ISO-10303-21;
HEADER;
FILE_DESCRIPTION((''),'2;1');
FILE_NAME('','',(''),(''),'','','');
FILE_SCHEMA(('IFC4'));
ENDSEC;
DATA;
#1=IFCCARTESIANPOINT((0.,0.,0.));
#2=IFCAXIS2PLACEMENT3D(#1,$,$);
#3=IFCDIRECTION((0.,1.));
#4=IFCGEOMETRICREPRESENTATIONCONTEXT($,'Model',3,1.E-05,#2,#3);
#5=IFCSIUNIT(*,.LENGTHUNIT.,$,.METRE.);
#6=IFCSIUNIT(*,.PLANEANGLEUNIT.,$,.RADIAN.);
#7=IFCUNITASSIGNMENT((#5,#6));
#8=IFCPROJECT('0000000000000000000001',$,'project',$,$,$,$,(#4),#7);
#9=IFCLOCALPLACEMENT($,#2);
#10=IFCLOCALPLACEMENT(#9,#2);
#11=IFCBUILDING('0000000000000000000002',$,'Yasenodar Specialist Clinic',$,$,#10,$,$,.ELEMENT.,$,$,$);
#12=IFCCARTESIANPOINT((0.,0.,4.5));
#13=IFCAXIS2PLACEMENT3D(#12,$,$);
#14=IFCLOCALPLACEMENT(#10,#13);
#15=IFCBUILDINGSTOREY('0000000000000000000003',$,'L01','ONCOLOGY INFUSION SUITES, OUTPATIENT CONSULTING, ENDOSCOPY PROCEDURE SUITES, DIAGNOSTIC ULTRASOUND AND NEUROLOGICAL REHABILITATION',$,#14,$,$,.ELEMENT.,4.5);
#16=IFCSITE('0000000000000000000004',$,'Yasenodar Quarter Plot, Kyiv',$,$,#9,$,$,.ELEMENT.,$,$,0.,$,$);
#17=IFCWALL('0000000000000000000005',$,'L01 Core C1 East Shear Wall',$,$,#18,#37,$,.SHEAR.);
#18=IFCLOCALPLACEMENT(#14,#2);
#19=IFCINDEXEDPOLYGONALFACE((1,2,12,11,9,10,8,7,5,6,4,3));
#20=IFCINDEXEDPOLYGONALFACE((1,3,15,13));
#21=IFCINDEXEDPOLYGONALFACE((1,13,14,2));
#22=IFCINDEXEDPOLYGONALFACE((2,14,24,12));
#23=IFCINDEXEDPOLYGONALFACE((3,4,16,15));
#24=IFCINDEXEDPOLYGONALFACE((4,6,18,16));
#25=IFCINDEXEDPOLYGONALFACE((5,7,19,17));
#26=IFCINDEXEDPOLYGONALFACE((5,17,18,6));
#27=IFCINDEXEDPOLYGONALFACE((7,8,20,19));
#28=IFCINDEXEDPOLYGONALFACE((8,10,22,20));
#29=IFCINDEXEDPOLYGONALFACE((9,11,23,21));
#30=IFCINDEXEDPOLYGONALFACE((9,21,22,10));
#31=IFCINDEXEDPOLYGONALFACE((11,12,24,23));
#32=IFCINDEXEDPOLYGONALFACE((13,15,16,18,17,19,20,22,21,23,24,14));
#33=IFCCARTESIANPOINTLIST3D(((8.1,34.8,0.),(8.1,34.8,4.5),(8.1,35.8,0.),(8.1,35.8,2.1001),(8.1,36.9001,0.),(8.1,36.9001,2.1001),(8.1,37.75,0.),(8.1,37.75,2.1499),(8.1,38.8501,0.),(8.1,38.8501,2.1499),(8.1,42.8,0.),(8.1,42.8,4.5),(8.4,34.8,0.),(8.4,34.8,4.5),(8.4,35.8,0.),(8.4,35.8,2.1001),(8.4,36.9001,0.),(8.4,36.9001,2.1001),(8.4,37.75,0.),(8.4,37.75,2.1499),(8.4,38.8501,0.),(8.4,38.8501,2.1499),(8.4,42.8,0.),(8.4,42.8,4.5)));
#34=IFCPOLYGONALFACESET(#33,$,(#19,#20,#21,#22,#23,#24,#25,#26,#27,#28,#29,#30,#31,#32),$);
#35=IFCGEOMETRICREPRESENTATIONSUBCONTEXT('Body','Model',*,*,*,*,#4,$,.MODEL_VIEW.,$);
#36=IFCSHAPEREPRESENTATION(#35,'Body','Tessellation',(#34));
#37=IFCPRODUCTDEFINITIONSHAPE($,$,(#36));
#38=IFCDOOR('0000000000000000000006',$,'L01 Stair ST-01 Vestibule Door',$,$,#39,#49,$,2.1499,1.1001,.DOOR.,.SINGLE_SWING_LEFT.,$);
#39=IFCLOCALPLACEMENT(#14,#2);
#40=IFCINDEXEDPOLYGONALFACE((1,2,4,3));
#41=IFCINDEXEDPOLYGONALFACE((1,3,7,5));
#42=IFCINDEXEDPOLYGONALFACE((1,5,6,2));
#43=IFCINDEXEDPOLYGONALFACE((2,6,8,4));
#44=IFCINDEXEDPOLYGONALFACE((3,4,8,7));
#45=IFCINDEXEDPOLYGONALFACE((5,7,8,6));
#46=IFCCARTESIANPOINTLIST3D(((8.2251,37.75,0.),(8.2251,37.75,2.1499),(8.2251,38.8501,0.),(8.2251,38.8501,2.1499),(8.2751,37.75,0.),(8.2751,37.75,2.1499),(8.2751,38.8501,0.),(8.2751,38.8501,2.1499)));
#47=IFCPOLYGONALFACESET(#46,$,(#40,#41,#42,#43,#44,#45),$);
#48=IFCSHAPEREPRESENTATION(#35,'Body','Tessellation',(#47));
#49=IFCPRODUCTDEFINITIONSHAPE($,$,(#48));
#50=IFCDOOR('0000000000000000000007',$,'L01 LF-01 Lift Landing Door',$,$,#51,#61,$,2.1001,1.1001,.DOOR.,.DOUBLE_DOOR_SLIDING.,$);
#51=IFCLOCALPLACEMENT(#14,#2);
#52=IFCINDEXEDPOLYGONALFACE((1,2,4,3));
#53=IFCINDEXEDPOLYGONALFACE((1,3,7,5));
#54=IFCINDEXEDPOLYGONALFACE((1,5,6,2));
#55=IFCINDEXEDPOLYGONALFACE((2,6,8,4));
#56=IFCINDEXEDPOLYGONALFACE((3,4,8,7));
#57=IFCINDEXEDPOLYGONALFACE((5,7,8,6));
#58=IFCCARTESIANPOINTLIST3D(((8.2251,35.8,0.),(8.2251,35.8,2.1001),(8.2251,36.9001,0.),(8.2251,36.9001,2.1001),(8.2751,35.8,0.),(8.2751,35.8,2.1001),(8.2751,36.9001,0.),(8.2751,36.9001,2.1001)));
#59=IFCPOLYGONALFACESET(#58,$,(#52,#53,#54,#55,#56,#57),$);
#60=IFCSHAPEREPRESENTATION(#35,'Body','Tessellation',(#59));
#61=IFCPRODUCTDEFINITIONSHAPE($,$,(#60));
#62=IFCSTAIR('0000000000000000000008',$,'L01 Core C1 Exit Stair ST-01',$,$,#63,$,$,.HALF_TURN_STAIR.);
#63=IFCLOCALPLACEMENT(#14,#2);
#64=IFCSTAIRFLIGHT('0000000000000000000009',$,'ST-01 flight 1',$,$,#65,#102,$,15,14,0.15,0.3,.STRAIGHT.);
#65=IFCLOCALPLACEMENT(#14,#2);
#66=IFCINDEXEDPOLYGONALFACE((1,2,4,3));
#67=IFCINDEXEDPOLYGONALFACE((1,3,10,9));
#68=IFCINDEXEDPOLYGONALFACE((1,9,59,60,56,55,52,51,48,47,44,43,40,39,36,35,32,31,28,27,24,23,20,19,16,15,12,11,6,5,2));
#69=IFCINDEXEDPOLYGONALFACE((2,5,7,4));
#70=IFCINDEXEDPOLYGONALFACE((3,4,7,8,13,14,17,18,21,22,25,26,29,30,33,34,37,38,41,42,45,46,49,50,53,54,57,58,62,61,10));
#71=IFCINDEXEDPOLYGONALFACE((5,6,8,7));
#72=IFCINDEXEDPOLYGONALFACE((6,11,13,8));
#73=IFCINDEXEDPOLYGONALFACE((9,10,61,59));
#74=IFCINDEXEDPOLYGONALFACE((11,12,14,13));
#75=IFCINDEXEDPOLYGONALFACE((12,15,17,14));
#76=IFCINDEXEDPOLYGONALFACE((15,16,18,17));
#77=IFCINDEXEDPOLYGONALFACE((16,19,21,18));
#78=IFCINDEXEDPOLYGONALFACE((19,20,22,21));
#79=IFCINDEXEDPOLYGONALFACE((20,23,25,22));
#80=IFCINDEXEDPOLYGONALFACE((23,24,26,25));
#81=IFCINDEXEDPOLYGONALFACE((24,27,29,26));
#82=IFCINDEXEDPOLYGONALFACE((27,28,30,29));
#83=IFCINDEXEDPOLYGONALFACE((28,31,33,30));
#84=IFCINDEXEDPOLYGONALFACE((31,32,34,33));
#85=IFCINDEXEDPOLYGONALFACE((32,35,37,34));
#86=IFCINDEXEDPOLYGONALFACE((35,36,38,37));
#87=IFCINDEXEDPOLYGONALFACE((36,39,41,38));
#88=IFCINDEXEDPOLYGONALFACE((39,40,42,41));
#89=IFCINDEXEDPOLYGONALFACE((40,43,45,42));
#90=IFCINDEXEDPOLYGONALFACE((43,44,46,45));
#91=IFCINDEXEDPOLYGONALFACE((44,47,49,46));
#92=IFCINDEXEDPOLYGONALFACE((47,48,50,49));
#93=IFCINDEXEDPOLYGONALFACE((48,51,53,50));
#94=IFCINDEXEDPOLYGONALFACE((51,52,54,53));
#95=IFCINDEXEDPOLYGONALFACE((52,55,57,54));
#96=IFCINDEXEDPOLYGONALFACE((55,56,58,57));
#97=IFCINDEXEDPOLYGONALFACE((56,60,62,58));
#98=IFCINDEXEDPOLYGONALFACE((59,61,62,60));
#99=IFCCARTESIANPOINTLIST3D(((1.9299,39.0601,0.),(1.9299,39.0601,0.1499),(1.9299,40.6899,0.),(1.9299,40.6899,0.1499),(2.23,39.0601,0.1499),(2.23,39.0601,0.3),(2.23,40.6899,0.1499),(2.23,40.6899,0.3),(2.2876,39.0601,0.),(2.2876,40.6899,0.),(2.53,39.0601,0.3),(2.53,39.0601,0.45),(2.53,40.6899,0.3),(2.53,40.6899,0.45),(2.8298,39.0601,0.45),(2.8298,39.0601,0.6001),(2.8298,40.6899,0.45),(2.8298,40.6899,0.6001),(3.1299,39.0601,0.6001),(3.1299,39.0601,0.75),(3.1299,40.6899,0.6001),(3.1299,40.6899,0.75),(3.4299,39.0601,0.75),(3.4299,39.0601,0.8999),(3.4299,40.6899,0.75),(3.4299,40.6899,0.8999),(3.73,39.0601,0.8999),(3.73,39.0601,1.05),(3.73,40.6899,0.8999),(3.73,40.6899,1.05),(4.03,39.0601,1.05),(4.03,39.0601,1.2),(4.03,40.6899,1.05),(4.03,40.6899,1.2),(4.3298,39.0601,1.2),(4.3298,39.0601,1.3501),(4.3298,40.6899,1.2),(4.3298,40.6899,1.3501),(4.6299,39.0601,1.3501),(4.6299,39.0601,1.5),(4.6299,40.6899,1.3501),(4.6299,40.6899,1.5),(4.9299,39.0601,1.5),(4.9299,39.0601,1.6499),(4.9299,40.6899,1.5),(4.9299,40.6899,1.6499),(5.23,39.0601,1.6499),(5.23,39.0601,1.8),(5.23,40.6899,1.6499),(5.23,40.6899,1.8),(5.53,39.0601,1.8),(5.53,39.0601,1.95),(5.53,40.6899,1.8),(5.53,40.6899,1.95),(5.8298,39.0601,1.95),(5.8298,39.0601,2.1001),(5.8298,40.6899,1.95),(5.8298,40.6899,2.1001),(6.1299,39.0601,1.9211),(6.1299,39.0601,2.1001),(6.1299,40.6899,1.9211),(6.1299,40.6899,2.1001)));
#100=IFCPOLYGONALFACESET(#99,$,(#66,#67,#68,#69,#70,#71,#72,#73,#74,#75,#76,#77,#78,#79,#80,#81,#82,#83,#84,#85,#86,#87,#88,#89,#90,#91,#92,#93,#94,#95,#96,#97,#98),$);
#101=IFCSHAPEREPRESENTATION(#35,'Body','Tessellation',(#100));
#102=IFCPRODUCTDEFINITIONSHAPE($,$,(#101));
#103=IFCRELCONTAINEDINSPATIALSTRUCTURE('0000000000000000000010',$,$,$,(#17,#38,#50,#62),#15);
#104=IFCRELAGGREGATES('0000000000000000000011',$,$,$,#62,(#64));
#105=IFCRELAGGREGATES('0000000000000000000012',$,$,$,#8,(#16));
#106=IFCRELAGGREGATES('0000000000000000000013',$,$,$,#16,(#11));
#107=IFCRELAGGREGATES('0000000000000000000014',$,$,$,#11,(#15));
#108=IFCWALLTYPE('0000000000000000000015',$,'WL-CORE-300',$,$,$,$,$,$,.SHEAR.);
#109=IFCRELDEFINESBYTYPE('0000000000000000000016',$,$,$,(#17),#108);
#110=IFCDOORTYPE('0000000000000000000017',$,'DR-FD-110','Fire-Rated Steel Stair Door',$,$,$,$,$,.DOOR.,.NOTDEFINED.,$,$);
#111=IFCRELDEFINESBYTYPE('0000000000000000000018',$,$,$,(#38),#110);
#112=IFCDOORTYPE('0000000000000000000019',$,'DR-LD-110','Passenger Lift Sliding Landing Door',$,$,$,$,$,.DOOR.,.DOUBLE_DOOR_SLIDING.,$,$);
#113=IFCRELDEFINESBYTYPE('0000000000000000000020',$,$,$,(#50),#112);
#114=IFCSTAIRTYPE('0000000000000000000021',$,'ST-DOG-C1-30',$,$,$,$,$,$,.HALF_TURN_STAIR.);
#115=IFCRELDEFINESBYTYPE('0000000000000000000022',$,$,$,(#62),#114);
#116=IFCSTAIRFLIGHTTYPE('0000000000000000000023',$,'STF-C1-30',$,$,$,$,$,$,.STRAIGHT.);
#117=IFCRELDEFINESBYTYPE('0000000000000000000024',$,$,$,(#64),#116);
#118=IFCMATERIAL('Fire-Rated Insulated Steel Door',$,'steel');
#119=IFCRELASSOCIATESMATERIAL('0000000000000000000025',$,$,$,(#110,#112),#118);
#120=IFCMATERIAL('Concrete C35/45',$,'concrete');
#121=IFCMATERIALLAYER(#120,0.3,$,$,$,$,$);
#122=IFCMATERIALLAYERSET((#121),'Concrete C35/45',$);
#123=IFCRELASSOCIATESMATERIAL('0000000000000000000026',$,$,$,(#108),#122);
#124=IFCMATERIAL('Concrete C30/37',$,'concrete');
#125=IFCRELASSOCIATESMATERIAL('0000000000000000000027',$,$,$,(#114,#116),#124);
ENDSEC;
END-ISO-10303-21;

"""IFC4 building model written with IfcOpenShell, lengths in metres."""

from ifc_helpers import new_model, si_unit, direction, frame, frame_2d, origin, place, context, subcontext, project, spatial, polyline, rectangle, outline, extrude, material, layer, layer_set, type_object, element, fill, aggregate, save


model = new_model("IFC4")

# Units and contexts
model_context = context("Model", 3, precision=1e-05, world=origin(), true_north=direction((0.0, 1.0)))
body_context = subcontext(model_context, "Body", "Model", "MODEL_VIEW")
ifc_project = project(units=[si_unit("LENGTHUNIT", "METRE"), si_unit("PLANEANGLEUNIT", "RADIAN")], contexts=[model_context])

# Site, building, storey
site_placement = place(None, origin())
site = spatial("IfcSite", under=ifc_project, at=site_placement, Name="Yasenodar Quarter Plot, Kyiv", CompositionType="ELEMENT", RefElevation=0.0)
building_placement = place(site_placement, origin())
building = spatial("IfcBuilding", under=site, at=building_placement, Name="Yasenodar Specialist Clinic", CompositionType="ELEMENT")
storey_placement = place(building_placement, frame((0.0, 0.0, 4.5)))
storey = spatial("IfcBuildingStorey", under=building, at=storey_placement, Name="L01", Description="ONCOLOGY INFUSION SUITES, OUTPATIENT CONSULTING, ENDOSCOPY PROCEDURE SUITES, DIAGNOSTIC ULTRASOUND AND NEUROLOGICAL REHABILITATION", CompositionType="ELEMENT", Elevation=4.5)

# Shared definitions
ifc_material_1 = material(Name="Fire-Rated Insulated Steel Door", Category="steel")
door_type_1 = type_object("IfcDoorType", Name="DR-FD-110", Description="Fire-Rated Steel Stair Door", OperationType="NOTDEFINED", PredefinedType="DOOR", material=ifc_material_1)

# Shared definitions
ifc_material_2 = material(Name="Concrete C35/45", Category="concrete")
ifc_layer_1 = layer(ifc_material_2, 0.3)
ifc_layer_set_1 = layer_set([ifc_layer_1], Name="Concrete C35/45")
wall_type_1 = type_object("IfcWallType", Name="WL-CORE-300", PredefinedType="SHEAR", material=ifc_layer_set_1)
door_type_2 = type_object("IfcDoorType", Name="DR-LD-110", Description="Passenger Lift Sliding Landing Door", OperationType="DOUBLE_DOOR_SLIDING", PredefinedType="DOOR", material=ifc_material_1)

# Wall, openings, doors
wall_1_placement = place(storey_placement, frame((8.25, 34.8, 0.0), z_axis=(0.0, 0.0, 1.0), x_axis=(0.0, 1.0, 0.0)))
wall_1 = element("IfcWall", 1, at=wall_1_placement, inside=storey, type_object=wall_type_1, Name="L01 Core C1 East Shear Wall", PredefinedType="SHEAR", context=body_context, shape_type="SweptSolid", body=[
    extrude(rectangle(XDim=8.0, YDim=0.3, at=frame_2d((4.0, 0.0))), origin(), (0.0, 0.0, 1.0), 4.5),
])
opening_1_placement = place(wall_1_placement, frame((2.95, 0.0, 0.0)))
opening_1 = element("IfcOpeningElement", 2, at=opening_1_placement, cuts=wall_1, PredefinedType="OPENING", context=body_context, shape_type="SweptSolid", body=[
    extrude(rectangle(XDim=1.1001, YDim=2.1499, at=frame_2d((0.55, 1.075))), frame((0.0, 0.1602, 0.0), z_axis=(0.0, -1.0, 0.0), x_axis=(1.0, 0.0, 0.0)), (0.0, 0.0, 1.0), 0.3201),
])
opening_2_placement = place(wall_1_placement, frame((1.0, 0.0, 0.0)))
opening_2 = element("IfcOpeningElement", 3, at=opening_2_placement, cuts=wall_1, PredefinedType="OPENING", context=body_context, shape_type="SweptSolid", body=[
    extrude(rectangle(XDim=1.1001, YDim=2.1001, at=frame_2d((0.55, 1.05))), frame((0.0, 0.1602, 0.0), z_axis=(0.0, -1.0, 0.0), x_axis=(1.0, 0.0, 0.0)), (0.0, 0.0, 1.0), 0.3201),
])
door_1_placement = place(opening_1_placement, origin())
door_1 = element("IfcDoor", 4, at=door_1_placement, inside=storey, type_object=door_type_1, Name="L01 Stair ST-01 Vestibule Door", OperationType="SINGLE_SWING_LEFT", OverallHeight=2.1499, OverallWidth=1.1001, PredefinedType="DOOR", context=body_context, shape_type="SweptSolid", body=[
    extrude(rectangle(XDim=1.1001, YDim=2.1499, at=frame_2d((0.55, 1.075))), frame((0.0, 0.0249, 0.0), z_axis=(0.0, -1.0, 0.0), x_axis=(1.0, 0.0, 0.0)), (0.0, 0.0, 1.0), 0.05),
])
fill(opening_1, door_1)
door_2_placement = place(opening_2_placement, origin())
door_2 = element("IfcDoor", 5, at=door_2_placement, inside=storey, type_object=door_type_2, Name="L01 LF-01 Lift Landing Door", OperationType="DOUBLE_DOOR_SLIDING", OverallHeight=2.1001, OverallWidth=1.1001, PredefinedType="DOOR", context=body_context, shape_type="SweptSolid", body=[
    extrude(rectangle(XDim=1.1001, YDim=2.1001, at=frame_2d((0.55, 1.05))), frame((0.0, 0.0249, 0.0), z_axis=(0.0, -1.0, 0.0), x_axis=(1.0, 0.0, 0.0)), (0.0, 0.0, 1.0), 0.05),
])
fill(opening_2, door_2)

# Stair, stair flight
ifc_material_3 = material(Name="Concrete C30/37", Category="concrete")
stair_type = type_object("IfcStairType", Name="ST-DOG-C1-30", PredefinedType="HALF_TURN_STAIR", material=ifc_material_3)
stair_placement = place(storey_placement, origin())
stair = element("IfcStair", 6, at=stair_placement, inside=storey, type_object=stair_type, Name="L01 Core C1 Exit Stair ST-01", PredefinedType="HALF_TURN_STAIR")
stair_flight_type = type_object("IfcStairFlightType", Name="STF-C1-30", PredefinedType="STRAIGHT", material=ifc_material_3)
stair_flight_placement = place(storey_placement, frame((1.9299, 39.875, 0.0), z_axis=(0.0, 0.0, 1.0), x_axis=(1.0, 0.0, 0.0)))
stair_flight = element("IfcStairFlight", 7, at=stair_flight_placement, type_object=stair_flight_type, Name="ST-01 flight 1", NumberOfRisers=15, NumberOfTreads=14, PredefinedType="STRAIGHT", RiserHeight=0.15, TreadLength=0.3, context=body_context, shape_type="SweptSolid", body=[
    extrude(outline(polyline([(0.0, 0.0), (0.0, 0.1499), (0.3, 0.1499), (0.3, 0.3), (0.6001, 0.3), (0.6001, 0.45), (0.8999, 0.45), (0.8999, 0.6001), (1.2, 0.6001), (1.2, 0.75), (1.5, 0.75), (1.5, 0.8999), (1.8, 0.8999), (1.8, 1.05), (2.1001, 1.05), (2.1001, 1.2), (2.3999, 1.2), (2.3999, 1.3501), (2.7, 1.3501), (2.7, 1.5), (3.0, 1.5), (3.0, 1.6499), (3.3, 1.6499), (3.3, 1.8), (3.6001, 1.8), (3.6001, 1.95), (3.8999, 1.95), (3.8999, 2.1001), (4.2, 2.1001), (4.2, 2.25), (4.2, 1.9211), (0.3577, 0.0), (0.0, 0.0)])), frame((0.0, 0.8149, 0.0), z_axis=(0.0, -1.0, 0.0), x_axis=(1.0, 0.0, 0.0)), (0.0, 0.0, 1.0), 1.6299),
])
aggregate(stair, [stair_flight])

save(model, "model.ifc")
